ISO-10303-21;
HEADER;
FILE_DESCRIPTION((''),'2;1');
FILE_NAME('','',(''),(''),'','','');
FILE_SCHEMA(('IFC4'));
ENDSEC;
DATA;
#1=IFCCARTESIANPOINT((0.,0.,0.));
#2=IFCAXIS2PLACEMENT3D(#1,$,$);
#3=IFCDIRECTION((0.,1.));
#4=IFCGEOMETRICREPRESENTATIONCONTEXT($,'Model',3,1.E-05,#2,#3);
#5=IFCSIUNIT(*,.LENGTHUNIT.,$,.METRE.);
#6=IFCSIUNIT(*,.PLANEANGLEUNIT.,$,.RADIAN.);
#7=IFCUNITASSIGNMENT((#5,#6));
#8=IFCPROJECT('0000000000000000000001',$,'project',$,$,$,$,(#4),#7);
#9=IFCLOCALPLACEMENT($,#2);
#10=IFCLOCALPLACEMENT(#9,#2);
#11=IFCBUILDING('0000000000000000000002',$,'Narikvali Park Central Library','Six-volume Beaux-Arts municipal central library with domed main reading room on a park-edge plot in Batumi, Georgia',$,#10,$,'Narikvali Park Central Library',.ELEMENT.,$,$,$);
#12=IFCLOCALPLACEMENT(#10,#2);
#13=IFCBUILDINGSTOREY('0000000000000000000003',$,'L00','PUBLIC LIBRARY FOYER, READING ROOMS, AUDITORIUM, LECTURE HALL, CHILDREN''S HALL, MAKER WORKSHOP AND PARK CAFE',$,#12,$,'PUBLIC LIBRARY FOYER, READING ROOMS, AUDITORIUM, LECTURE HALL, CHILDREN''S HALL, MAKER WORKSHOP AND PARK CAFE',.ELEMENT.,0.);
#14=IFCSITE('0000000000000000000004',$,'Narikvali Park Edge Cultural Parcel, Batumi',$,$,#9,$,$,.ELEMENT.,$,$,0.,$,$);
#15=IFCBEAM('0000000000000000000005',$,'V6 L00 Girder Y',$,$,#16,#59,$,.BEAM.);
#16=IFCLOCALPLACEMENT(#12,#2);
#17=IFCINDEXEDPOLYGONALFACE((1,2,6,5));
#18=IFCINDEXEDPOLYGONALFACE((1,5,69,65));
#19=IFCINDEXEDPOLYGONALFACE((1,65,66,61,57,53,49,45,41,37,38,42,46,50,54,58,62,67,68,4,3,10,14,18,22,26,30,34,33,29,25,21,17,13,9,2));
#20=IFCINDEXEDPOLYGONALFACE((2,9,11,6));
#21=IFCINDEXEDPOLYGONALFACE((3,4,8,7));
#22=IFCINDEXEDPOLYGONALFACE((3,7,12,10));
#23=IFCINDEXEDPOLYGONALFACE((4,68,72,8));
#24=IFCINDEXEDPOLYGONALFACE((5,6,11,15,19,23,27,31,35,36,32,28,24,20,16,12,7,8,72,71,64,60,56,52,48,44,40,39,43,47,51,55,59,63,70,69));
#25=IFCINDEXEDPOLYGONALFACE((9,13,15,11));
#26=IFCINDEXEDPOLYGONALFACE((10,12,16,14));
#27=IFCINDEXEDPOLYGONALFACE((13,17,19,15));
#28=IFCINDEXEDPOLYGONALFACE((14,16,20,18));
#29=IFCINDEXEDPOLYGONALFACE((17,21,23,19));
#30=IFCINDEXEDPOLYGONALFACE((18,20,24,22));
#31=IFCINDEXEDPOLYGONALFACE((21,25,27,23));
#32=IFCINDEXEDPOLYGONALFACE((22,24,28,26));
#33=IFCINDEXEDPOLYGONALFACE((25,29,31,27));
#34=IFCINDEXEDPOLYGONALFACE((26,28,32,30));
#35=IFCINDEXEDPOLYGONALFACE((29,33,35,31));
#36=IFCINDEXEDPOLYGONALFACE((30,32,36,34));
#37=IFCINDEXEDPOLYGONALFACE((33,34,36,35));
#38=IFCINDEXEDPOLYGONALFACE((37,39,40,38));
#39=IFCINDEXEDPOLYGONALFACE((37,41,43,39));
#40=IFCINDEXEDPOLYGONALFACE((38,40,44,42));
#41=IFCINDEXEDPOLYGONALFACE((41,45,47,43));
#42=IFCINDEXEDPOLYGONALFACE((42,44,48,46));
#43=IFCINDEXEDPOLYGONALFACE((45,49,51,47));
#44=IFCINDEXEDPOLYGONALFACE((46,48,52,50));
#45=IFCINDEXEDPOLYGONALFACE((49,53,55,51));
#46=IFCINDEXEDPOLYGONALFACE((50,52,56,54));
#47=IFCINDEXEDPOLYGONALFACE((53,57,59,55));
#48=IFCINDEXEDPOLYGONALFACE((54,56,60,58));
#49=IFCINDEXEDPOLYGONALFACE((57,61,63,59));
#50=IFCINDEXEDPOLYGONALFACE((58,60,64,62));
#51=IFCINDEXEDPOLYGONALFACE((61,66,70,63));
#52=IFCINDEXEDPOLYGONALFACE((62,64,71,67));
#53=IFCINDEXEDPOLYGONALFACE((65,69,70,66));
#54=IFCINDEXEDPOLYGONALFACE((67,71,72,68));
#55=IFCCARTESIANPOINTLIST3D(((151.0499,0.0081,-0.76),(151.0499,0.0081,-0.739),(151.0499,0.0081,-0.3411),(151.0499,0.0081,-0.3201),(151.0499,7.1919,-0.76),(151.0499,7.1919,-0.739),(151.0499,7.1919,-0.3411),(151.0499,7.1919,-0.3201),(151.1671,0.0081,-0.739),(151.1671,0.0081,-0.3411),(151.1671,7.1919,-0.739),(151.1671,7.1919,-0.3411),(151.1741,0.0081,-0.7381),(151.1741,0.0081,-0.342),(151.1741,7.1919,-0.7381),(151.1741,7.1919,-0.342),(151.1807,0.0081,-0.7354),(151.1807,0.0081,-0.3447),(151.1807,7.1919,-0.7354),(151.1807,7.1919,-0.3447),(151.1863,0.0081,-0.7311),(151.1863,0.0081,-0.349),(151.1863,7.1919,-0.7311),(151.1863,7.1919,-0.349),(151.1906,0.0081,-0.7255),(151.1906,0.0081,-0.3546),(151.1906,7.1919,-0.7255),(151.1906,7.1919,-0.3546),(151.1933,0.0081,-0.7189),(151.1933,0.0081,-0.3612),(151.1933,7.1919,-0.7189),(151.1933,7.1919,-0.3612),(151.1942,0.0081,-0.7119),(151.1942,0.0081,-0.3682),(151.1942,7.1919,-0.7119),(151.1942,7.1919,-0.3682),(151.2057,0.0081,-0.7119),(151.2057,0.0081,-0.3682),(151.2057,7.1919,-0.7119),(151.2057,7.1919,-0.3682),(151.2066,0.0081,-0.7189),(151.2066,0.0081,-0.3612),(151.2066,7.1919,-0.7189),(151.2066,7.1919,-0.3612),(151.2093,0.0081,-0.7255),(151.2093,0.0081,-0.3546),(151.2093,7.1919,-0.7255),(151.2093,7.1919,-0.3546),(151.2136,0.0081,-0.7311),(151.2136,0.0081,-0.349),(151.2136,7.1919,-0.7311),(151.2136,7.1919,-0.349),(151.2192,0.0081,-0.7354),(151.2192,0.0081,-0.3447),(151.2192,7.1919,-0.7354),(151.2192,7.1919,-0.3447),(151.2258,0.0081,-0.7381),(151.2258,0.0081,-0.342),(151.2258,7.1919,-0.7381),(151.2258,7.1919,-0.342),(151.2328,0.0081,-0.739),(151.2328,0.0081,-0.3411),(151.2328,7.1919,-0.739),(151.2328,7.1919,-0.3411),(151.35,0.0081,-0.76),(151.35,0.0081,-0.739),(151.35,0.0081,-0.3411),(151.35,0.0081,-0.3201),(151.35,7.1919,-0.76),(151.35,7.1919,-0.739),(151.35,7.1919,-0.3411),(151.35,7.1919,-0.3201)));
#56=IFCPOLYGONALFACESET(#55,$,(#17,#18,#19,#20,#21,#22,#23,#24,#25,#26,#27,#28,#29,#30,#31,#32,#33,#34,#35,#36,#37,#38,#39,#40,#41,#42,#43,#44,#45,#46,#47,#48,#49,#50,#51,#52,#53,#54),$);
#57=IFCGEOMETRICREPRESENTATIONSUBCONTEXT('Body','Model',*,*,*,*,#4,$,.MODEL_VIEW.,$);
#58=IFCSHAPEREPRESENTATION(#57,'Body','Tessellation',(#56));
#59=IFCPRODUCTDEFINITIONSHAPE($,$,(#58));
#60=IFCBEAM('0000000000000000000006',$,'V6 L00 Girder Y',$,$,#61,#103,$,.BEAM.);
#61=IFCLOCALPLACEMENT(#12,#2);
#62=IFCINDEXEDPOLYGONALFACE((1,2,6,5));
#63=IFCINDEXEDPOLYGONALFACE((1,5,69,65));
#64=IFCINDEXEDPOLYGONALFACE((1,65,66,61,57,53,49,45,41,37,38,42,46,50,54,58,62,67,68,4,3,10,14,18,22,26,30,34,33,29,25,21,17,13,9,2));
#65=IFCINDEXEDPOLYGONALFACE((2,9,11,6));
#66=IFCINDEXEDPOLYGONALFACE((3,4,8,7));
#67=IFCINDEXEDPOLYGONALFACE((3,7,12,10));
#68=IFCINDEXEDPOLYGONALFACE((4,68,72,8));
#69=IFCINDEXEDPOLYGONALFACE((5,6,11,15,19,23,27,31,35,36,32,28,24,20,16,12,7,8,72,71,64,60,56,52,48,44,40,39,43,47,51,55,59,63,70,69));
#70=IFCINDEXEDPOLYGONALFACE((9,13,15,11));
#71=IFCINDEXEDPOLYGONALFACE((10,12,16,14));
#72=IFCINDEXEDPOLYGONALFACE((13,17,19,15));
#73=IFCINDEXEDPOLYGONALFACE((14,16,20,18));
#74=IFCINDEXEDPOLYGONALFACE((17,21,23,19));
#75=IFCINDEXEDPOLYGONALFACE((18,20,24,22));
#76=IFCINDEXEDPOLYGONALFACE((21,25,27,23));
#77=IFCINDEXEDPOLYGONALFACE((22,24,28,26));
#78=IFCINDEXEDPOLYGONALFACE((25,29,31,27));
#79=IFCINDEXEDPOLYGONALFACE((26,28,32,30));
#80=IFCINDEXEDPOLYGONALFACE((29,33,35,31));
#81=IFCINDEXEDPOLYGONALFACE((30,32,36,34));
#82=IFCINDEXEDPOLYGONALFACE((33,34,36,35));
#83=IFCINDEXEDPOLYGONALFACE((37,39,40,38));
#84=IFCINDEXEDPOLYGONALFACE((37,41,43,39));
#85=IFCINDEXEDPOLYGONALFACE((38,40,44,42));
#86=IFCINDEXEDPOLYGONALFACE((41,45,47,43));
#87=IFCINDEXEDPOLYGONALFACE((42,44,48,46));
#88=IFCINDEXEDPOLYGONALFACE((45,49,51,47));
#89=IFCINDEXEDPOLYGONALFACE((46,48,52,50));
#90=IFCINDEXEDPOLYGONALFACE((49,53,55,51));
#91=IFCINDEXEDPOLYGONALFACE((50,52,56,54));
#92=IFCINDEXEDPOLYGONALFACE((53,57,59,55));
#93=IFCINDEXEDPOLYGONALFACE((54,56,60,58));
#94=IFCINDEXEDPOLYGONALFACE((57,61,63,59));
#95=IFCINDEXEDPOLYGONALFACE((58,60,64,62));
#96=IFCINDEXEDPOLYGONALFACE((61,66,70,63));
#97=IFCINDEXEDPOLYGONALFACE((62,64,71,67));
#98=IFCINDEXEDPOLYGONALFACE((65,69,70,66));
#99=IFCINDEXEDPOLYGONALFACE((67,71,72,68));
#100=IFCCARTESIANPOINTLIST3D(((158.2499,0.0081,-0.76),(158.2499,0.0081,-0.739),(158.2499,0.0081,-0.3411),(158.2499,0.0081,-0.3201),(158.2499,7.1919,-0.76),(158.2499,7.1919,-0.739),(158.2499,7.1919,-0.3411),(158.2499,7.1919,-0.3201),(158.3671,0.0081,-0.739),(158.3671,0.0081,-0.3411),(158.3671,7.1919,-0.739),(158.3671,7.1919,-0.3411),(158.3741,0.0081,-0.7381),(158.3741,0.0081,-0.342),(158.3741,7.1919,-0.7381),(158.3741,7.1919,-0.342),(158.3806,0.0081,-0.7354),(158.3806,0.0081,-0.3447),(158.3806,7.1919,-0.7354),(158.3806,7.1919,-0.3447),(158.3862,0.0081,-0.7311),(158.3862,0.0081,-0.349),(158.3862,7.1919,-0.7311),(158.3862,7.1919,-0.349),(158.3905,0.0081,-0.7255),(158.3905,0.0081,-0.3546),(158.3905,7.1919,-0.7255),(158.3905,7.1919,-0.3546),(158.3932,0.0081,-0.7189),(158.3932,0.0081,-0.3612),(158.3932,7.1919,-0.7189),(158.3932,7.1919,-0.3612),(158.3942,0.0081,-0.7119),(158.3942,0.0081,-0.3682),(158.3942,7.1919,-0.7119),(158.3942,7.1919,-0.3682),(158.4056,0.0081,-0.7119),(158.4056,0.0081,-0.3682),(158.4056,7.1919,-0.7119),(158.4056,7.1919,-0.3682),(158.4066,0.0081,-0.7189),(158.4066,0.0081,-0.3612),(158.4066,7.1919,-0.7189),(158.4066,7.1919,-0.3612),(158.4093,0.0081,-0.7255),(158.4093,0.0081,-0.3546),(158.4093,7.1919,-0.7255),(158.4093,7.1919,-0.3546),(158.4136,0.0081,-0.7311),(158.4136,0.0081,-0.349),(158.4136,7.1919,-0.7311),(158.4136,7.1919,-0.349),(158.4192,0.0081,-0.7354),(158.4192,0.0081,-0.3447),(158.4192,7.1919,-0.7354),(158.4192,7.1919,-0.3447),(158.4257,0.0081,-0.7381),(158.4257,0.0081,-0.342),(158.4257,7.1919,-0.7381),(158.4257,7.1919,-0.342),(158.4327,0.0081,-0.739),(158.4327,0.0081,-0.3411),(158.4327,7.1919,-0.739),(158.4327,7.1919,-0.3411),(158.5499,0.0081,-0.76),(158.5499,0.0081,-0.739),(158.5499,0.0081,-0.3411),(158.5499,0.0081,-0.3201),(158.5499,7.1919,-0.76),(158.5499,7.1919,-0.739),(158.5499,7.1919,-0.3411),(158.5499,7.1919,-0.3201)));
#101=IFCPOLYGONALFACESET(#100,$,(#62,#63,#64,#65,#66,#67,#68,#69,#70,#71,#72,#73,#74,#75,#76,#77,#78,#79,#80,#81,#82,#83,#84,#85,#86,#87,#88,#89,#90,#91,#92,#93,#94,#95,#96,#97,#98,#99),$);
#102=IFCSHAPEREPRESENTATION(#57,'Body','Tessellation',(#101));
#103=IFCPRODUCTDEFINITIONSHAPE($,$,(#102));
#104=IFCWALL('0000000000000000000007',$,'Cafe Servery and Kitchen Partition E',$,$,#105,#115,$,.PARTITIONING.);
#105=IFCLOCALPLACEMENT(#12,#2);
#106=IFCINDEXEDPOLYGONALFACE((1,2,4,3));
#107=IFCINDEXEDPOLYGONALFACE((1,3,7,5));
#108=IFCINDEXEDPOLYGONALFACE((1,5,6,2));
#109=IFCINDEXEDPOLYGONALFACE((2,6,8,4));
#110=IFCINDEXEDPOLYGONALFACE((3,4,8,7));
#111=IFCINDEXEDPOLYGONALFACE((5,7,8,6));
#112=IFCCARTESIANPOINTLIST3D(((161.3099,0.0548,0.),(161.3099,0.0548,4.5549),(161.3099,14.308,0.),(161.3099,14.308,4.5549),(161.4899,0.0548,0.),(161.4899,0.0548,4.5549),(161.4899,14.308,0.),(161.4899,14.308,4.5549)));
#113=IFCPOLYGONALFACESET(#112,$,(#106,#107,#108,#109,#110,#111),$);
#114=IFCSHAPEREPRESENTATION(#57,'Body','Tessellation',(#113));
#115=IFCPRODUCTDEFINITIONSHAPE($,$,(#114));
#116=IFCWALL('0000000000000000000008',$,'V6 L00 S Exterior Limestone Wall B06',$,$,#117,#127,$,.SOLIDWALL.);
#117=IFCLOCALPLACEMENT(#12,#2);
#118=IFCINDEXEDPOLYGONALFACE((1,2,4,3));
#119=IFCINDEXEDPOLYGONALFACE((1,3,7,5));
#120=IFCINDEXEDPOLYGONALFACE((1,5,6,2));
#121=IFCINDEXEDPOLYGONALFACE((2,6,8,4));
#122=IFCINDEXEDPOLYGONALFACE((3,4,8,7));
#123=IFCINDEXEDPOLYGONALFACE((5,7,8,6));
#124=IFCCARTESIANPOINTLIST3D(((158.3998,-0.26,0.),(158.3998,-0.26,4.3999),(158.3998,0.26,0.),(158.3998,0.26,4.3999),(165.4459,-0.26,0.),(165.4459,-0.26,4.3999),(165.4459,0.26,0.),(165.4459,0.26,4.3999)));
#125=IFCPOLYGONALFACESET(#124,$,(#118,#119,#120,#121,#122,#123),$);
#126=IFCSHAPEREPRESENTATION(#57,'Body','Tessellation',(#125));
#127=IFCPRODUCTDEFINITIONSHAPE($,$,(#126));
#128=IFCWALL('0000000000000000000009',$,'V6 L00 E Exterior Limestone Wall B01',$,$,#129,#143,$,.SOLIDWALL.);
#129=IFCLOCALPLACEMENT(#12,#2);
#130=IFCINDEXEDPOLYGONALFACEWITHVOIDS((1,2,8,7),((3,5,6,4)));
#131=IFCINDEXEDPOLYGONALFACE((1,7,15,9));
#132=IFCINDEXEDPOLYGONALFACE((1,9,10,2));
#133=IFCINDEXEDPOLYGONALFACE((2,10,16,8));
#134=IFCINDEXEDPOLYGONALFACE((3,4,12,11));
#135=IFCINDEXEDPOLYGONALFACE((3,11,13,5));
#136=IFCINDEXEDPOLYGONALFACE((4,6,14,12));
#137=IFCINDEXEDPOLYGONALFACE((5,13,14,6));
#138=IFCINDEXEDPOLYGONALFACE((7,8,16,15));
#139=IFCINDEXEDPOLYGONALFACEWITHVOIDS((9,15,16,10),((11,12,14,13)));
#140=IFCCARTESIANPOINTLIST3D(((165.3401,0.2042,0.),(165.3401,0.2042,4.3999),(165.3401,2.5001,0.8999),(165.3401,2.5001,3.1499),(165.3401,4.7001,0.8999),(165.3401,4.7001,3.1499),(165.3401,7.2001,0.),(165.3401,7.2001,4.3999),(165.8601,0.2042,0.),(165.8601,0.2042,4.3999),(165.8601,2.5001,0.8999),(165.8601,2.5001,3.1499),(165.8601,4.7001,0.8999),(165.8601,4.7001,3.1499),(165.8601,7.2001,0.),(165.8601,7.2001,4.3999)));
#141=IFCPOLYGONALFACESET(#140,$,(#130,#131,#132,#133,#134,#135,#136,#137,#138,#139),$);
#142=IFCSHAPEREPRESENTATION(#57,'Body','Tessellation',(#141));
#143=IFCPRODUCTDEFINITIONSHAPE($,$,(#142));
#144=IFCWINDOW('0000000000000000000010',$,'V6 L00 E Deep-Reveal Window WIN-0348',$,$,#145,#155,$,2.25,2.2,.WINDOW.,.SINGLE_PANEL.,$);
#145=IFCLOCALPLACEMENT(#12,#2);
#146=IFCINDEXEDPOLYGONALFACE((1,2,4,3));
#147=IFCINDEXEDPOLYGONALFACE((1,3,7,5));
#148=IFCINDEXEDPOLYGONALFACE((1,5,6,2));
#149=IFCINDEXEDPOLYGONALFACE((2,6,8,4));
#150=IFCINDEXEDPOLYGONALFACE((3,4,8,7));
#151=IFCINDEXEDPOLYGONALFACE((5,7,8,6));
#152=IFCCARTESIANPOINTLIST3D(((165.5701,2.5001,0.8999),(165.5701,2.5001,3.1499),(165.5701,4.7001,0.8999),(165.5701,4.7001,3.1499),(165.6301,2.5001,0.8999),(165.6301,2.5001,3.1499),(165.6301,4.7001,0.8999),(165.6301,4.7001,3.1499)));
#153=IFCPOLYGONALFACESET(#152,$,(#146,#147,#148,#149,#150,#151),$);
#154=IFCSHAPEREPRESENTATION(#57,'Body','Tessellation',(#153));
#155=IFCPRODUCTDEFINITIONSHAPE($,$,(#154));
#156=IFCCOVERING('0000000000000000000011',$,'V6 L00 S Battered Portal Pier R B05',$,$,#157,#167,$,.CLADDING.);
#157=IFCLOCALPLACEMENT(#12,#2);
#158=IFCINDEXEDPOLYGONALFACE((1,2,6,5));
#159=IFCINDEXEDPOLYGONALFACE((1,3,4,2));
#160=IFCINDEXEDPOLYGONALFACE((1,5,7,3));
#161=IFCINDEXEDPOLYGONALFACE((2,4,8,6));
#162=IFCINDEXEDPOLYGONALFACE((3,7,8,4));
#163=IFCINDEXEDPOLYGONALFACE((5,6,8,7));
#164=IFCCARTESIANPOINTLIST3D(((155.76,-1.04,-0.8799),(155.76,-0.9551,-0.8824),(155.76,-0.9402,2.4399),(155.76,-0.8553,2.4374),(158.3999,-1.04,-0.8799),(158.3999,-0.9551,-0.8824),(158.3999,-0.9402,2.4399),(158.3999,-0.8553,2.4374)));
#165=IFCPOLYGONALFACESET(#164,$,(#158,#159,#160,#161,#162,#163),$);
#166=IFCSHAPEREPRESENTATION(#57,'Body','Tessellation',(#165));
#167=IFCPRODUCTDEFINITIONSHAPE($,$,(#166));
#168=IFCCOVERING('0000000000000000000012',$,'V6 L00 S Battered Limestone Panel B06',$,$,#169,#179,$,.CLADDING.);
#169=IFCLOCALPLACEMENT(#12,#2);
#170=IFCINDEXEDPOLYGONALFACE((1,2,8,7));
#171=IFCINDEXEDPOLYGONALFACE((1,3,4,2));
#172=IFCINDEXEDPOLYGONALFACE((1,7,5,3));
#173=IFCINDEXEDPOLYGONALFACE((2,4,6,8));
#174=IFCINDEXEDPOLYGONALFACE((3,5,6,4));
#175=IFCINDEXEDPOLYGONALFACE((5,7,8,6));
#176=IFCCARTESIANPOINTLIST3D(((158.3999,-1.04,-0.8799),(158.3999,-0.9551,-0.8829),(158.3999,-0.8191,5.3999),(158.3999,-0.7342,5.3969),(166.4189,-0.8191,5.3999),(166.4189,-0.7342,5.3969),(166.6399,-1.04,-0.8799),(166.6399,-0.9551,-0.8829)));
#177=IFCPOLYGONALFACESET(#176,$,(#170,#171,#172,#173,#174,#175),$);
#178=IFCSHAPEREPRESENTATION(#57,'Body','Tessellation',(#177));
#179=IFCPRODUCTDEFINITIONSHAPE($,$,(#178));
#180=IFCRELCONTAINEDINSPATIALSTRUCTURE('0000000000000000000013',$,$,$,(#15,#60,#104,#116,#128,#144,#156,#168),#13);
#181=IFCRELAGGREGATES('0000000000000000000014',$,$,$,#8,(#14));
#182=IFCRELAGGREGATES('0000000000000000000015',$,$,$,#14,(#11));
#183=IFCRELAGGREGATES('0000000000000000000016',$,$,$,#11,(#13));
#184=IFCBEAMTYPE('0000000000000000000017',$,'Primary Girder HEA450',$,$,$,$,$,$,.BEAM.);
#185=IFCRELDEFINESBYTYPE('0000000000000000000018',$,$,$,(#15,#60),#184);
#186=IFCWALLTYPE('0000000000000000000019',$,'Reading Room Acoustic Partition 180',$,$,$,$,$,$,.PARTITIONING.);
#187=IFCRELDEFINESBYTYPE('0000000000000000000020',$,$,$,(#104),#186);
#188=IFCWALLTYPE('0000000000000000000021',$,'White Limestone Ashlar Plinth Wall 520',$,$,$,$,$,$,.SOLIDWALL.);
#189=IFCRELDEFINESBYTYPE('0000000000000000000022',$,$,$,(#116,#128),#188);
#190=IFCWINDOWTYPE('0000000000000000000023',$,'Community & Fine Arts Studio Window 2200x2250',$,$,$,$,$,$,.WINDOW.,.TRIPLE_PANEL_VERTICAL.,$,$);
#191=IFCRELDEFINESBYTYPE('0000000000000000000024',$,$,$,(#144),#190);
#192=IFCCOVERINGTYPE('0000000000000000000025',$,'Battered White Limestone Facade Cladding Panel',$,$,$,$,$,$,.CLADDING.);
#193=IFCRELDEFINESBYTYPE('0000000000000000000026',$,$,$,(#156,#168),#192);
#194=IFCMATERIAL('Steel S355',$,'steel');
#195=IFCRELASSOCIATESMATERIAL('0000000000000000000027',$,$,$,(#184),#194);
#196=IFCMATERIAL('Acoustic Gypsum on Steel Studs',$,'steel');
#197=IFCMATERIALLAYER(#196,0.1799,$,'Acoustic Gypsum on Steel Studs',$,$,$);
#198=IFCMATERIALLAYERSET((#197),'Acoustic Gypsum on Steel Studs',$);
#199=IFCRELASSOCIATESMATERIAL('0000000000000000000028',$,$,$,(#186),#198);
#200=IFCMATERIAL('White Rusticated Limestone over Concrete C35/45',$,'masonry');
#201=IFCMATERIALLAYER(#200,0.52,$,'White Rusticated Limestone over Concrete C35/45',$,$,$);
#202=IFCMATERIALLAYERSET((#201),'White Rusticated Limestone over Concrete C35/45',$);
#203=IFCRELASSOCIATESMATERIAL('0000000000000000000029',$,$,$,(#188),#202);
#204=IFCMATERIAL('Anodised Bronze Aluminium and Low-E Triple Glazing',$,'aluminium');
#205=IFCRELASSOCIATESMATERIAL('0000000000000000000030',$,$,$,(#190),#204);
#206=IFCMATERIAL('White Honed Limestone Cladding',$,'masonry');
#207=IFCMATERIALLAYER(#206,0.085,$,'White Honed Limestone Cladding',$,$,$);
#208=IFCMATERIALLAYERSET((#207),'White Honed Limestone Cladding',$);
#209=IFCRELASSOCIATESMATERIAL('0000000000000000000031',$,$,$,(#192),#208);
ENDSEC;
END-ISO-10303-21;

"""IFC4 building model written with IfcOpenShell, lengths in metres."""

from ifc_helpers import new_model, si_unit, direction, frame, frame_2d, origin, origin_2d, place, context, subcontext, project, spatial, polyline, rectangle, i_section, outline, extrude, material, layer, layer_set, material_profile, profile_set, type_object, element, fill, save


model = new_model("IFC4")

# Units and contexts
model_context = context("Model", 3, precision=1e-05, world=origin(), true_north=direction((0.0, 1.0)))
body_context = subcontext(model_context, "Body", "Model", "MODEL_VIEW")
ifc_project = project(units=[si_unit("LENGTHUNIT", "METRE"), si_unit("PLANEANGLEUNIT", "RADIAN")], contexts=[model_context])

# Site, building, storey
site_placement = place(None, origin())
site = spatial("IfcSite", under=ifc_project, at=site_placement, Name="Narikvali Park Edge Cultural Parcel, Batumi", CompositionType="ELEMENT", RefElevation=0.0)
building_placement = place(site_placement, origin())
building = spatial("IfcBuilding", under=site, at=building_placement, Name="Narikvali Park Central Library", Description="Six-volume Beaux-Arts municipal central library with domed main reading room on a park-edge plot in Batumi, Georgia", LongName="Narikvali Park Central Library", CompositionType="ELEMENT")
storey_placement = place(building_placement, origin())
storey = spatial("IfcBuildingStorey", under=building, at=storey_placement, Name="L00", Description="PUBLIC LIBRARY FOYER, READING ROOMS, AUDITORIUM, LECTURE HALL, CHILDREN'S HALL, MAKER WORKSHOP AND PARK CAFE", LongName="PUBLIC LIBRARY FOYER, READING ROOMS, AUDITORIUM, LECTURE HALL, CHILDREN'S HALL, MAKER WORKSHOP AND PARK CAFE", CompositionType="ELEMENT", Elevation=0.0)

# Shared definitions
ifc_material_1 = material(Name="Steel S355", Category="steel")

# Beams
ifc_material_profile_1 = material_profile(ifc_material_1, i_section(OverallWidth=0.3, OverallDepth=0.4399, WebThickness=0.0115, FlangeThickness=0.021, FilletRadius=0.0271, at=origin_2d()), Name="HEA 450")
ifc_profile_set_1 = profile_set([ifc_material_profile_1], Name="Steel S355")
beam_type_1 = type_object("IfcBeamType", Name="Primary Girder HEA450", PredefinedType="BEAM", material=ifc_profile_set_1)
for number, where, z_axis, x_axis, name in (
    (1, (151.2, 0.0081, -0.54), (0.0, 1.0, 0.0), (-1.0, 0.0, 0.0), "V6 L00 Girder Y"),
    (2, (158.3999, 0.0081, -0.54), (0.0, 1.0, 0.0), (-1.0, 0.0, 0.0), "V6 L00 Girder Y"),
):
    element("IfcBeam", number, at=place(storey_placement, frame(where, z_axis=z_axis, x_axis=x_axis)), inside=storey, type_object=beam_type_1, Name=name, PredefinedType="BEAM", context=body_context, shape_type="SweptSolid", body=[
        extrude(i_section(OverallWidth=0.3, OverallDepth=0.4399, WebThickness=0.0115, FlangeThickness=0.021, FilletRadius=0.0271, at=origin_2d()), origin(), (0.0, 0.0, 1.0), 7.1838),
    ])

# Walls
ifc_material_2 = material(Name="Acoustic Gypsum on Steel Studs", Category="steel")
ifc_layer_1 = layer(ifc_material_2, 0.1799, Name="Acoustic Gypsum on Steel Studs")
ifc_layer_set_1 = layer_set([ifc_layer_1], Name="Acoustic Gypsum on Steel Studs")
wall_type_1 = type_object("IfcWallType", Name="Reading Room Acoustic Partition 180", PredefinedType="PARTITIONING", material=ifc_layer_set_1)
wall_1_placement = place(storey_placement, frame((161.3999, 0.0549, 0.0), z_axis=(0.0, 0.0, 1.0), x_axis=(0.0, 1.0, 0.0)))
element("IfcWall", 3, at=wall_1_placement, inside=storey, type_object=wall_type_1, Name="Cafe Servery and Kitchen Partition E", PredefinedType="PARTITIONING", context=body_context, shape_type="SweptSolid", body=[
    extrude(rectangle(XDim=14.2532, YDim=0.1799, at=frame_2d((7.1265, 0.0))), origin(), (0.0, 0.0, 1.0), 4.5549),
])
ifc_material_3 = material(Name="White Rusticated Limestone over Concrete C35/45", Category="masonry")
ifc_layer_2 = layer(ifc_material_3, 0.52, Name="White Rusticated Limestone over Concrete C35/45")
ifc_layer_set_2 = layer_set([ifc_layer_2], Name="White Rusticated Limestone over Concrete C35/45")
wall_type_2 = type_object("IfcWallType", Name="White Limestone Ashlar Plinth Wall 520", PredefinedType="SOLIDWALL", material=ifc_layer_set_2)
wall_2_placement = place(storey_placement, frame((158.3999, 0.0, 0.0), z_axis=(0.0, 0.0, 1.0), x_axis=(1.0, 0.0, 0.0)))
element("IfcWall", 4, at=wall_2_placement, inside=storey, type_object=wall_type_2, Name="V6 L00 S Exterior Limestone Wall B06", PredefinedType="SOLIDWALL", context=body_context, shape_type="SweptSolid", body=[
    extrude(rectangle(XDim=7.0461, YDim=0.52, at=frame_2d((3.5229, 0.0))), origin(), (0.0, 0.0, 1.0), 4.3999),
])

# Wall, opening, window
wall_3_placement = place(storey_placement, frame((165.6001, 0.2041, 0.0), z_axis=(0.0, 0.0, 1.0), x_axis=(0.0, 1.0, 0.0)))
wall_3 = element("IfcWall", 5, at=wall_3_placement, inside=storey, type_object=wall_type_2, Name="V6 L00 E Exterior Limestone Wall B01", PredefinedType="SOLIDWALL", context=body_context, shape_type="SweptSolid", body=[
    extrude(rectangle(XDim=6.9958, YDim=0.52, at=frame_2d((3.498, 0.0))), origin(), (0.0, 0.0, 1.0), 4.3999),
])
opening_placement = place(wall_3_placement, frame((2.2959, 0.0, 0.8999)))
opening = element("IfcOpeningElement", 6, at=opening_placement, cuts=wall_3, PredefinedType="OPENING", context=body_context, shape_type="SweptSolid", body=[
    extrude(rectangle(XDim=2.2, YDim=2.25, at=frame_2d((1.1001, 1.125))), frame((0.0, 0.272, 0.0), z_axis=(0.0, -1.0, 0.0), x_axis=(1.0, 0.0, 0.0)), (0.0, 0.0, 1.0), 0.5439),
])
ifc_material_4 = material(Name="Anodised Bronze Aluminium and Low-E Triple Glazing", Category="aluminium")
window_type = type_object("IfcWindowType", Name="Community & Fine Arts Studio Window 2200x2250", PartitioningType="TRIPLE_PANEL_VERTICAL", PredefinedType="WINDOW", material=ifc_material_4)
window_placement = place(opening_placement, origin())
window = element("IfcWindow", 7, at=window_placement, inside=storey, type_object=window_type, Name="V6 L00 E Deep-Reveal Window WIN-0348", OverallHeight=2.25, OverallWidth=2.2, PartitioningType="SINGLE_PANEL", PredefinedType="WINDOW", context=body_context, shape_type="SweptSolid", body=[
    extrude(rectangle(XDim=2.2, YDim=2.25, at=frame_2d((1.1001, 1.125))), frame((0.0, 0.03, 0.0), z_axis=(0.0, -1.0, 0.0), x_axis=(1.0, 0.0, 0.0)), (0.0, 0.0, 1.0), 0.0601),
])
fill(opening, window)

# Coverings
ifc_material_5 = material(Name="White Honed Limestone Cladding", Category="masonry")
ifc_layer_3 = layer(ifc_material_5, 0.085, Name="White Honed Limestone Cladding")
ifc_layer_set_3 = layer_set([ifc_layer_3], Name="White Honed Limestone Cladding")
covering_type = type_object("IfcCoveringType", Name="Battered White Limestone Facade Cladding Panel", PredefinedType="CLADDING", material=ifc_layer_set_3)
covering_1_placement = place(storey_placement, frame((155.76, -1.04, -0.8799), z_axis=(0.0, -0.999548, 0.030064), x_axis=(1.0, 0.0, 0.0)))
element("IfcCovering", 8, at=covering_1_placement, inside=storey, type_object=covering_type, Name="V6 L00 S Battered Portal Pier R B05", PredefinedType="CLADDING", context=body_context, shape_type="SweptSolid", body=[
    extrude(outline(polyline([(0.0, 0.0), (2.6399, 0.0), (2.6399, 3.3213), (0.0, 3.3213), (0.0, 0.0)])), origin(), (0.0, 0.0, -1.0), 0.085),
])
covering_2_placement = place(storey_placement, frame((158.3999, -1.04, -0.8799), z_axis=(0.0, -0.999382, 0.035162), x_axis=(1.0, 0.0, 0.0)))
element("IfcCovering", 9, at=covering_2_placement, inside=storey, type_object=covering_type, Name="V6 L00 S Battered Limestone Panel B06", PredefinedType="CLADDING", context=body_context, shape_type="SweptSolid", body=[
    extrude(outline(polyline([(0.0, 0.0), (8.24, 0.0), (8.019, 6.2837), (0.0, 6.2837), (0.0, 0.0)])), origin(), (0.0, 0.0, -1.0), 0.085),
])

save(model, "model.ifc")
